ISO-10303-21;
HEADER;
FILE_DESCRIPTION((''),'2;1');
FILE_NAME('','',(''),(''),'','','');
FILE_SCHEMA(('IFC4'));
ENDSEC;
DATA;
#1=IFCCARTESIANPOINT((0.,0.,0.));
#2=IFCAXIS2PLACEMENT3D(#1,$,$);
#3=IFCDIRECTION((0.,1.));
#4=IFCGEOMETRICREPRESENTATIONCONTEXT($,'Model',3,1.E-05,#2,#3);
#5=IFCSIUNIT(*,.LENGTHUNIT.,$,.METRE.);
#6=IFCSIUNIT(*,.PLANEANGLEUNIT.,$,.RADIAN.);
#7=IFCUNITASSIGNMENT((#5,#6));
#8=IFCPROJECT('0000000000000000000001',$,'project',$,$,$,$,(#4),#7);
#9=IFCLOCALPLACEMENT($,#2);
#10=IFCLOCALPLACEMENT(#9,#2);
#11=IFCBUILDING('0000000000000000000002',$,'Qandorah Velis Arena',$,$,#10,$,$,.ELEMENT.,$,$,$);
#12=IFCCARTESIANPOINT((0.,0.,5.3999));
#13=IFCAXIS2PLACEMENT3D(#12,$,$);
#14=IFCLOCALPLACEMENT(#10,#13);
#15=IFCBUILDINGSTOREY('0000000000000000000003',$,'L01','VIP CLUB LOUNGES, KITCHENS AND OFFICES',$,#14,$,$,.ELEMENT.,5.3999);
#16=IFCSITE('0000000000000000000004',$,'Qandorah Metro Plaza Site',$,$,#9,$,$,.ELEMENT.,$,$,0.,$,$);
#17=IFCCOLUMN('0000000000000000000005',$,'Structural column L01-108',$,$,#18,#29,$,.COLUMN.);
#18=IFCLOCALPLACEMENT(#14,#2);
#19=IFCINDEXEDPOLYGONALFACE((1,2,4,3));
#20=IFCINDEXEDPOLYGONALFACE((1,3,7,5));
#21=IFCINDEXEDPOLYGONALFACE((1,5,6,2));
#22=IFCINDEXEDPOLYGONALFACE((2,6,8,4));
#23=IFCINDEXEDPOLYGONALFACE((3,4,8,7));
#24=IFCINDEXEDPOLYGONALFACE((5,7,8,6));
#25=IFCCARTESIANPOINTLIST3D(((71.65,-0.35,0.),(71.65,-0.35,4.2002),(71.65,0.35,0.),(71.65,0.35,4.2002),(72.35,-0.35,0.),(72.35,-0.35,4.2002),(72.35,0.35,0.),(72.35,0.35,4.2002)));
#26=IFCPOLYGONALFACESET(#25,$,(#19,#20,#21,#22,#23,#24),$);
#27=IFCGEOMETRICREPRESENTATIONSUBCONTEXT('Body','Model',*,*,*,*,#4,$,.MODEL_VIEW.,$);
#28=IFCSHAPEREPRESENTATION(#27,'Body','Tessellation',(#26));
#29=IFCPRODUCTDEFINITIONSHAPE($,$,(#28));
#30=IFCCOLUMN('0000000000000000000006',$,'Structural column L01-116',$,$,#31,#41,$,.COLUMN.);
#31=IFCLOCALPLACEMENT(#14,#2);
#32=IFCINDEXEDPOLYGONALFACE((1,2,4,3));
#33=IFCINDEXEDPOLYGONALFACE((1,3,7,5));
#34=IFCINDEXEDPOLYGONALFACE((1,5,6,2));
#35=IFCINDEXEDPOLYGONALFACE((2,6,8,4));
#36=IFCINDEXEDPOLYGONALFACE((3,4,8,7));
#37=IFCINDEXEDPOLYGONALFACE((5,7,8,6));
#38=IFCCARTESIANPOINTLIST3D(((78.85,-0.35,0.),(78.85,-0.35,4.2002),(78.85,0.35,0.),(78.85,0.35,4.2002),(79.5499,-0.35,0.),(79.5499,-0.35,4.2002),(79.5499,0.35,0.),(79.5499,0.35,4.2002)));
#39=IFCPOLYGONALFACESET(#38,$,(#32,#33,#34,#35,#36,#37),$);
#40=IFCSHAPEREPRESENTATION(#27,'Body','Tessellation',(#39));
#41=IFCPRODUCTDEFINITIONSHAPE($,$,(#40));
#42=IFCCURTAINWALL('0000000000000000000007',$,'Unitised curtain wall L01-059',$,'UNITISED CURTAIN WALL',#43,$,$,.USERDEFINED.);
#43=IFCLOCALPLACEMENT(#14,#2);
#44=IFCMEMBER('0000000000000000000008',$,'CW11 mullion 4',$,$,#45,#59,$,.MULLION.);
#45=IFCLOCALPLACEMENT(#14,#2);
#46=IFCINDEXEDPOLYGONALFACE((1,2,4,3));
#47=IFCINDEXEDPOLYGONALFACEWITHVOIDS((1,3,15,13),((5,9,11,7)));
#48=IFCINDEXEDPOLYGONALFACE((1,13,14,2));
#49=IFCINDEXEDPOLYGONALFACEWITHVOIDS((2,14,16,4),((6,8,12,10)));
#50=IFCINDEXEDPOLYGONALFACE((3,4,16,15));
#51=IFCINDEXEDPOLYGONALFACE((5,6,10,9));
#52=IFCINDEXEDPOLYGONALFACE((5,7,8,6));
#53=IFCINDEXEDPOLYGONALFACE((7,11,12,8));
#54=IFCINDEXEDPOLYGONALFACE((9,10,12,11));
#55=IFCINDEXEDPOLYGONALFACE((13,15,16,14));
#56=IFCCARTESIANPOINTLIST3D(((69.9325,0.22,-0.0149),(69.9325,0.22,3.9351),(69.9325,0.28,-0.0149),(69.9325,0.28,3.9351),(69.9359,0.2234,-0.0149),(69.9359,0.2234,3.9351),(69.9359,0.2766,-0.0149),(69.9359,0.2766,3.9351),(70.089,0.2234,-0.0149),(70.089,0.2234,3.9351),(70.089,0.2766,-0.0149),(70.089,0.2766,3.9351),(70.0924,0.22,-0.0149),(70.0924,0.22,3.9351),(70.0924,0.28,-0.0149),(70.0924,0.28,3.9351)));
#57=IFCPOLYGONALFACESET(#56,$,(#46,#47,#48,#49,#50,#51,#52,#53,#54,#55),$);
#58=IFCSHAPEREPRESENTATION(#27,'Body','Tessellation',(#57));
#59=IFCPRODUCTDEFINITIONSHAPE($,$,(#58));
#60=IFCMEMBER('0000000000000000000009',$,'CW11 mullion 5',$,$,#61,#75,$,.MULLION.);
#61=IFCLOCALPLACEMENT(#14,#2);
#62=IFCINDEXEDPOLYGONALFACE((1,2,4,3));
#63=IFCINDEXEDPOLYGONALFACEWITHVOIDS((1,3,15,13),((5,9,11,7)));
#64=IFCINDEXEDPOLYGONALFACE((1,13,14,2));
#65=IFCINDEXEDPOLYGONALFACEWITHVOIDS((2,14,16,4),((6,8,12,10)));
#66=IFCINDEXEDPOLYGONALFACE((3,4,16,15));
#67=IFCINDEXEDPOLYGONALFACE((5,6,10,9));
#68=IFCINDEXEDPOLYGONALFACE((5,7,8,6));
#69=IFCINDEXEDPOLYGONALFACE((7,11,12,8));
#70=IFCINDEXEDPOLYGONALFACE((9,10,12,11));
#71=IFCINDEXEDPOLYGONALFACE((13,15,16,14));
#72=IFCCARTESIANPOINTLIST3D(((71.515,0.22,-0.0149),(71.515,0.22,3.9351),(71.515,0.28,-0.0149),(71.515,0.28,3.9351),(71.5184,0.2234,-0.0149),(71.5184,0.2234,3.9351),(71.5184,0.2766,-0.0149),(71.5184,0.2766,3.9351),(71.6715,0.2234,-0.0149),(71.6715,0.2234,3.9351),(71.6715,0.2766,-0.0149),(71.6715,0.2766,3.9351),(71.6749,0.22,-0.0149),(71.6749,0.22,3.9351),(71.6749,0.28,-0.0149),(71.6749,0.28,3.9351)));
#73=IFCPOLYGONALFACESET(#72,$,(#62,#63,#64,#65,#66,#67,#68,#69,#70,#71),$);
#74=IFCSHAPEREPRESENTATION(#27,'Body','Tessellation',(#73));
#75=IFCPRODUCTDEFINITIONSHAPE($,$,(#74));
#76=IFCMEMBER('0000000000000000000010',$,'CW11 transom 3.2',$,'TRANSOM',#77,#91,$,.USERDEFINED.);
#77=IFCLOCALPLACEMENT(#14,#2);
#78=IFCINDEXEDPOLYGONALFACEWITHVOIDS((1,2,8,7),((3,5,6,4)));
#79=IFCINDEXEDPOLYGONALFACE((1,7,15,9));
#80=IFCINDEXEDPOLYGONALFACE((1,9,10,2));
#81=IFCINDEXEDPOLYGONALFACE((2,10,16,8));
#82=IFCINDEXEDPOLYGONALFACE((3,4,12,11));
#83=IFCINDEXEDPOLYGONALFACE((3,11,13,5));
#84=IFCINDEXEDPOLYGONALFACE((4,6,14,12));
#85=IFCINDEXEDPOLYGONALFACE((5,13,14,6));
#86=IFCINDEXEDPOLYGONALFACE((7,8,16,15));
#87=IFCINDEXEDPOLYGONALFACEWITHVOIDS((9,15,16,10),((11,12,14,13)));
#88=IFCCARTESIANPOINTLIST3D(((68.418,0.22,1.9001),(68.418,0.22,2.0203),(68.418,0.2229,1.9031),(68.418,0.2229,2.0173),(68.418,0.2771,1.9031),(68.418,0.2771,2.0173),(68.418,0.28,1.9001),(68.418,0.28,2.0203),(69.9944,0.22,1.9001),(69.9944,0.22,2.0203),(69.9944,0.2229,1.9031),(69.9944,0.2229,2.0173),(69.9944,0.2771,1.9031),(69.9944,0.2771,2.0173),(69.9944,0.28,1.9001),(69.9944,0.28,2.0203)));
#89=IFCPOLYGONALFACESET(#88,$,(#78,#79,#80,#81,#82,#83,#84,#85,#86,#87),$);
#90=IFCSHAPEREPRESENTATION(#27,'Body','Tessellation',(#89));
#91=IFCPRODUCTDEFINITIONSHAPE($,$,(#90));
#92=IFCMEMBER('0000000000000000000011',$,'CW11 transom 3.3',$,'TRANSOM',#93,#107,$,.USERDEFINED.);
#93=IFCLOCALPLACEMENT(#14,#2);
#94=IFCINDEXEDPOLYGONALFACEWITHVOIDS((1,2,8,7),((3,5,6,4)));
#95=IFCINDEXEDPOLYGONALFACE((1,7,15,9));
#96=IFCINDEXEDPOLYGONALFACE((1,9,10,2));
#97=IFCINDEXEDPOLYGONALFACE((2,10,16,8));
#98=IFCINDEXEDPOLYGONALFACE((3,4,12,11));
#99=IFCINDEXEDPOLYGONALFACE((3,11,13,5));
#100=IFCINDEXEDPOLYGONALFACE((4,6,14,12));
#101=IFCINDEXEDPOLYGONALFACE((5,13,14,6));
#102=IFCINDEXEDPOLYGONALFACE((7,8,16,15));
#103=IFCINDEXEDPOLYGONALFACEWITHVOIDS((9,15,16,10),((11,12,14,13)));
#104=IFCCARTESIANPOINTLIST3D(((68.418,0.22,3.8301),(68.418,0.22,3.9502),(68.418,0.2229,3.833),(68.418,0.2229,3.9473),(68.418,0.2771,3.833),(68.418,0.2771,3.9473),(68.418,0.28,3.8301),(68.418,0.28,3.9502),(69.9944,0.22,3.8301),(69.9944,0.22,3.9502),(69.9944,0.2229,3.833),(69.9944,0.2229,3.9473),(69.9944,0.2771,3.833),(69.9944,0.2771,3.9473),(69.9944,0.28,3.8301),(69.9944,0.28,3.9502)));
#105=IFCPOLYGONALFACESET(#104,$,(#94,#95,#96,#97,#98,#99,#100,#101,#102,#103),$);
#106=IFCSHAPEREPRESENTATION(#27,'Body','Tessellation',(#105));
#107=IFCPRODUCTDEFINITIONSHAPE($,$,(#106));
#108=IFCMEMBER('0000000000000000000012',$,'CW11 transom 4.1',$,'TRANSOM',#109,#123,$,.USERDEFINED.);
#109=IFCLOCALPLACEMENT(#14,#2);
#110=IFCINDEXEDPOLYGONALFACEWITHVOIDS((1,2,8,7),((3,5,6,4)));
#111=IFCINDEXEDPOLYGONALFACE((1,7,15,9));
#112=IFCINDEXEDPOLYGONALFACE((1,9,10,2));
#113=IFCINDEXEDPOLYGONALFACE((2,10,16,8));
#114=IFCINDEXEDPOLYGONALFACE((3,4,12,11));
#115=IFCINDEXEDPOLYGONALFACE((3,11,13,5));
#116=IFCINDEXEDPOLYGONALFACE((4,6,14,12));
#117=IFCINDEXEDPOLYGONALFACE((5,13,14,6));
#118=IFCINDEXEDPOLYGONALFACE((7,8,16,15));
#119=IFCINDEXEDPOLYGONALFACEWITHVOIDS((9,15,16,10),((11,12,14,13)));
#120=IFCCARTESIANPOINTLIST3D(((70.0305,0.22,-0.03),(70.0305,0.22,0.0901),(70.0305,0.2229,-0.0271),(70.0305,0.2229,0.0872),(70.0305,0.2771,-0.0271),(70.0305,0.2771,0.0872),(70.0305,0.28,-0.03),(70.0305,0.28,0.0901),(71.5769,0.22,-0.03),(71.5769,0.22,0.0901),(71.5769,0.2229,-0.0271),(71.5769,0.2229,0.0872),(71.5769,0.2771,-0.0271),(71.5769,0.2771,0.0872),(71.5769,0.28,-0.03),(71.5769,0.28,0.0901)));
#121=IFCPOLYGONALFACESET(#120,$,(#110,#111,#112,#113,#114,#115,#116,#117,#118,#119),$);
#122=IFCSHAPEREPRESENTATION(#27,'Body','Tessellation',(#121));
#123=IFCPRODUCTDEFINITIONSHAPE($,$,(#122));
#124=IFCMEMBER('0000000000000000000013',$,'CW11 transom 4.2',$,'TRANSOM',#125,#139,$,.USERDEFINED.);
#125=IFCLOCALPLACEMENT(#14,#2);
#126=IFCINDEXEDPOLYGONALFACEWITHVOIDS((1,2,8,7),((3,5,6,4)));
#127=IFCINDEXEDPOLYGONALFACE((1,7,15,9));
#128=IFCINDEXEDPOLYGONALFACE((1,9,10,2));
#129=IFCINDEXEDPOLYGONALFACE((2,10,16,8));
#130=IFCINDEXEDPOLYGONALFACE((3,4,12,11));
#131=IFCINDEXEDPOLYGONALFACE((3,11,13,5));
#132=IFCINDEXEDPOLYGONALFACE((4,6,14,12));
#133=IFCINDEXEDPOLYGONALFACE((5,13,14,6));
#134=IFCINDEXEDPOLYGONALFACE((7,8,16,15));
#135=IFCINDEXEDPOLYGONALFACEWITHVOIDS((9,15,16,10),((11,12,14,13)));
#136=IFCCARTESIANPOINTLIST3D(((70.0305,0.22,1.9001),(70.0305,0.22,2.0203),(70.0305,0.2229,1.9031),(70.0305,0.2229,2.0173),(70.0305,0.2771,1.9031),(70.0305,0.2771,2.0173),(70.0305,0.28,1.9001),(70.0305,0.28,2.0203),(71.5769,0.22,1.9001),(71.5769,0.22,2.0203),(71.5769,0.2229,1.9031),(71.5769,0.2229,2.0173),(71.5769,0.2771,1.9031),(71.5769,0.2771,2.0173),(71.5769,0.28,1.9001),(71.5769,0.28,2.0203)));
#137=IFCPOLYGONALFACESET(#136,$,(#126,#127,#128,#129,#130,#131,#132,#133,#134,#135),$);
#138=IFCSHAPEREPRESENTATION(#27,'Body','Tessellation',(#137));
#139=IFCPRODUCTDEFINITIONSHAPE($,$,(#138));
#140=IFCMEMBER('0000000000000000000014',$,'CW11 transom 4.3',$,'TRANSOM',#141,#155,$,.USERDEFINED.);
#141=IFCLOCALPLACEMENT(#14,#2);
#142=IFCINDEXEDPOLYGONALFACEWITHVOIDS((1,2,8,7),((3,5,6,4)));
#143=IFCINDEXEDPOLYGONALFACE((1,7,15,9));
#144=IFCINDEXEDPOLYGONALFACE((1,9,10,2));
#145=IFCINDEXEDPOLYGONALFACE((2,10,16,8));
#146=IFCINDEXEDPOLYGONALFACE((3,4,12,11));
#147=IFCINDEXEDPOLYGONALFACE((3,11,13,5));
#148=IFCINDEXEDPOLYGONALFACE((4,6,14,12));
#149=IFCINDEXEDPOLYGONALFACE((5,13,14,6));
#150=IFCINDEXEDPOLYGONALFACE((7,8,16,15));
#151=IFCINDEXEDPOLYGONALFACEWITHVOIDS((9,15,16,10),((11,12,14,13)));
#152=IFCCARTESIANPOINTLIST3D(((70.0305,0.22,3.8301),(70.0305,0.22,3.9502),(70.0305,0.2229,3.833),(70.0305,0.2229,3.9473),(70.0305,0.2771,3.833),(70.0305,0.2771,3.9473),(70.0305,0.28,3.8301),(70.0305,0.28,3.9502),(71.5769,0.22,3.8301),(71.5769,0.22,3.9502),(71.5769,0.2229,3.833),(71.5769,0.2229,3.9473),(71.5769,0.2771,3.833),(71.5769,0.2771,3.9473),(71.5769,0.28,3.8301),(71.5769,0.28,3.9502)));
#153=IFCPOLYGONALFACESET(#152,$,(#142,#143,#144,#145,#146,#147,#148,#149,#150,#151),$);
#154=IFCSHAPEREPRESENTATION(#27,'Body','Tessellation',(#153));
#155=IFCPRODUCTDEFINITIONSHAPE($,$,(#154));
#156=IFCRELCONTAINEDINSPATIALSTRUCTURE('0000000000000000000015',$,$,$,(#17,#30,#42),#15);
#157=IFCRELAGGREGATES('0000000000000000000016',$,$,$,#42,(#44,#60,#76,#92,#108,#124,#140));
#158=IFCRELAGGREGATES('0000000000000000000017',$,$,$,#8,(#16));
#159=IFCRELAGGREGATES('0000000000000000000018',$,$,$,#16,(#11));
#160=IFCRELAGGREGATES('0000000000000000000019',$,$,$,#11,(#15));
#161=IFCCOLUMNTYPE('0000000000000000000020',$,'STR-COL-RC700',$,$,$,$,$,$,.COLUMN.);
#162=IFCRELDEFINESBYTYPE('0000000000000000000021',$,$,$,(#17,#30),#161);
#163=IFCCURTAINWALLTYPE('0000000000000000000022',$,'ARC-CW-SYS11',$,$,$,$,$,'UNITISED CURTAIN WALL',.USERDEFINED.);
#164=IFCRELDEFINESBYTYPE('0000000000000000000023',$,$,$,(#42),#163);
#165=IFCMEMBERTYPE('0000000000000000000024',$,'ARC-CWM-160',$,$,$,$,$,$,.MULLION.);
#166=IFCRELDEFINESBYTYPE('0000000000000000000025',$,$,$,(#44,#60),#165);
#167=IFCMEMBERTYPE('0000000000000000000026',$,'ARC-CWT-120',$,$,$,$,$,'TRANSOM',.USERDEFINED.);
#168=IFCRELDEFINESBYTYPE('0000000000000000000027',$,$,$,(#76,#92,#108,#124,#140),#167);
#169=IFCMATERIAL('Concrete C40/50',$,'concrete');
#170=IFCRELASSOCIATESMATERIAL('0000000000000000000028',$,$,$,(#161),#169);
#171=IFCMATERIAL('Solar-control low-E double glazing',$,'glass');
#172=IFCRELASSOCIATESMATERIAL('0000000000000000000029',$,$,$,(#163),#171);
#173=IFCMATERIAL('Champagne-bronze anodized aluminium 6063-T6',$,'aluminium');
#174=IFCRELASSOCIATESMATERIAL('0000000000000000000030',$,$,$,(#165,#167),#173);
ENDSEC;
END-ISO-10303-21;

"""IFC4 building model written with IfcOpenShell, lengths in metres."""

from ifc_helpers import new_model, si_unit, direction, frame, origin, origin_2d, place, context, subcontext, project, spatial, rectangle, hollow_rectangle, extrude, material, material_profile, profile_set, type_object, element, aggregate, save


model = new_model("IFC4")

# Units and contexts
model_context = context("Model", 3, precision=1e-05, world=origin(), true_north=direction((0.0, 1.0)))
body_context = subcontext(model_context, "Body", "Model", "MODEL_VIEW")
ifc_project = project(units=[si_unit("LENGTHUNIT", "METRE"), si_unit("PLANEANGLEUNIT", "RADIAN")], contexts=[model_context])

# Site, building, storey
site_placement = place(None, origin())
site = spatial("IfcSite", under=ifc_project, at=site_placement, Name="Qandorah Metro Plaza Site", CompositionType="ELEMENT", RefElevation=0.0)
building_placement = place(site_placement, origin())
building = spatial("IfcBuilding", under=site, at=building_placement, Name="Qandorah Velis Arena", CompositionType="ELEMENT")
storey_placement = place(building_placement, frame((0.0, 0.0, 5.3999)))
storey = spatial("IfcBuildingStorey", under=building, at=storey_placement, Name="L01", Description="VIP CLUB LOUNGES, KITCHENS AND OFFICES", CompositionType="ELEMENT", Elevation=5.3999)

# Columns
ifc_material_1 = material(Name="Concrete C40/50", Category="concrete")
ifc_material_profile_1 = material_profile(ifc_material_1, rectangle(XDim=0.7, YDim=0.7, at=origin_2d()), Name="RC COL 700x700")
ifc_profile_set_1 = profile_set([ifc_material_profile_1], Name="Concrete C40/50")
column_type = type_object("IfcColumnType", Name="STR-COL-RC700", PredefinedType="COLUMN", material=ifc_profile_set_1)
for number, where, z_axis, x_axis, name in (
    (1, (72.0, 0.0, 0.0), (0.0, 0.0, 1.0), (1.0, 0.0, 0.0), "Structural column L01-108"),
    (2, (79.2, 0.0, 0.0), (0.0, 0.0, 1.0), (1.0, 0.0, 0.0), "Structural column L01-116"),
):
    element("IfcColumn", number, at=place(storey_placement, frame(where, z_axis=z_axis, x_axis=x_axis)), inside=storey, type_object=column_type, Name=name, PredefinedType="COLUMN", context=body_context, shape_type="SweptSolid", body=[
        extrude(rectangle(XDim=0.7, YDim=0.7, at=origin_2d()), origin(), (0.0, 0.0, 1.0), 4.2002),
    ])

# Curtain wall, members
ifc_material_2 = material(Name="Solar-control low-E double glazing", Category="glass")
curtain_wall_type = type_object("IfcCurtainWallType", Name="ARC-CW-SYS11", ElementType="UNITISED CURTAIN WALL", PredefinedType="USERDEFINED", material=ifc_material_2)
curtain_wall_placement = place(storey_placement, origin())
curtain_wall = element("IfcCurtainWall", 3, at=curtain_wall_placement, inside=storey, type_object=curtain_wall_type, Name="Unitised curtain wall L01-059", ObjectType="UNITISED CURTAIN WALL", PredefinedType="USERDEFINED")
ifc_material_3 = material(Name="Champagne-bronze anodized aluminium 6063-T6", Category="aluminium")
ifc_material_profile_2 = material_profile(ifc_material_3, hollow_rectangle(XDim=0.0601, YDim=0.1599, WallThickness=0.0034, at=origin_2d()), Name="ALU MULLION 60x160")
ifc_profile_set_2 = profile_set([ifc_material_profile_2], Name="Champagne-bronze anodized aluminium 6063-T6")
member_type_1 = type_object("IfcMemberType", Name="ARC-CWM-160", PredefinedType="MULLION", material=ifc_profile_set_2)
member_1_placement = place(storey_placement, frame((70.0125, 0.25, -0.0149), z_axis=(0.0, 0.0, 1.0), x_axis=(0.0, 1.0, 0.0)))
member_1 = element("IfcMember", 4, at=member_1_placement, type_object=member_type_1, Name="CW11 mullion 4", PredefinedType="MULLION", context=body_context, shape_type="SweptSolid", body=[
    extrude(hollow_rectangle(XDim=0.0601, YDim=0.1599, WallThickness=0.0034, at=origin_2d()), origin(), (0.0, 0.0, 1.0), 3.95),
])
member_2_placement = place(storey_placement, frame((71.595, 0.25, -0.0149), z_axis=(0.0, 0.0, 1.0), x_axis=(0.0, 1.0, 0.0)))
member_2 = element("IfcMember", 5, at=member_2_placement, type_object=member_type_1, Name="CW11 mullion 5", PredefinedType="MULLION", context=body_context, shape_type="SweptSolid", body=[
    extrude(hollow_rectangle(XDim=0.0601, YDim=0.1599, WallThickness=0.0034, at=origin_2d()), origin(), (0.0, 0.0, 1.0), 3.95),
])
ifc_material_profile_3 = material_profile(ifc_material_3, hollow_rectangle(XDim=0.0601, YDim=0.1201, WallThickness=0.0029, at=origin_2d()), Name="ALU TRANSOM 60x120")
ifc_profile_set_3 = profile_set([ifc_material_profile_3], Name="Champagne-bronze anodized aluminium 6063-T6")
member_type_2 = type_object("IfcMemberType", Name="ARC-CWT-120", ElementType="TRANSOM", PredefinedType="USERDEFINED", material=ifc_profile_set_3)
member_3_placement = place(storey_placement, frame((68.418, 0.25, 1.9602), z_axis=(1.0, 0.0, 0.0), x_axis=(0.0, 1.0, 0.0)))
member_3 = element("IfcMember", 6, at=member_3_placement, type_object=member_type_2, Name="CW11 transom 3.2", ObjectType="TRANSOM", PredefinedType="USERDEFINED", context=body_context, shape_type="SweptSolid", body=[
    extrude(hollow_rectangle(XDim=0.0601, YDim=0.1201, WallThickness=0.0029, at=origin_2d()), origin(), (0.0, 0.0, 1.0), 1.5764),
])
member_4_placement = place(storey_placement, frame((68.418, 0.25, 3.8901), z_axis=(1.0, 0.0, 0.0), x_axis=(0.0, 1.0, 0.0)))
member_4 = element("IfcMember", 7, at=member_4_placement, type_object=member_type_2, Name="CW11 transom 3.3", ObjectType="TRANSOM", PredefinedType="USERDEFINED", context=body_context, shape_type="SweptSolid", body=[
    extrude(hollow_rectangle(XDim=0.0601, YDim=0.1201, WallThickness=0.0029, at=origin_2d()), origin(), (0.0, 0.0, 1.0), 1.5764),
])
member_5_placement = place(storey_placement, frame((70.0305, 0.25, 0.03), z_axis=(1.0, 0.0, 0.0), x_axis=(0.0, 1.0, 0.0)))
member_5 = element("IfcMember", 8, at=member_5_placement, type_object=member_type_2, Name="CW11 transom 4.1", ObjectType="TRANSOM", PredefinedType="USERDEFINED", context=body_context, shape_type="SweptSolid", body=[
    extrude(hollow_rectangle(XDim=0.0601, YDim=0.1201, WallThickness=0.0029, at=origin_2d()), origin(), (0.0, 0.0, 1.0), 1.5464),
])
member_6_placement = place(storey_placement, frame((70.0305, 0.25, 1.9602), z_axis=(1.0, 0.0, 0.0), x_axis=(0.0, 1.0, 0.0)))
member_6 = element("IfcMember", 9, at=member_6_placement, type_object=member_type_2, Name="CW11 transom 4.2", ObjectType="TRANSOM", PredefinedType="USERDEFINED", context=body_context, shape_type="SweptSolid", body=[
    extrude(hollow_rectangle(XDim=0.0601, YDim=0.1201, WallThickness=0.0029, at=origin_2d()), origin(), (0.0, 0.0, 1.0), 1.5464),
])
member_7_placement = place(storey_placement, frame((70.0305, 0.25, 3.8901), z_axis=(1.0, 0.0, 0.0), x_axis=(0.0, 1.0, 0.0)))
member_7 = element("IfcMember", 10, at=member_7_placement, type_object=member_type_2, Name="CW11 transom 4.3", ObjectType="TRANSOM", PredefinedType="USERDEFINED", context=body_context, shape_type="SweptSolid", body=[
    extrude(hollow_rectangle(XDim=0.0601, YDim=0.1201, WallThickness=0.0029, at=origin_2d()), origin(), (0.0, 0.0, 1.0), 1.5464),
])

aggregate(curtain_wall, [member_1, member_2, member_3, member_4, member_5, member_6, member_7])

save(model, "model.ifc")
